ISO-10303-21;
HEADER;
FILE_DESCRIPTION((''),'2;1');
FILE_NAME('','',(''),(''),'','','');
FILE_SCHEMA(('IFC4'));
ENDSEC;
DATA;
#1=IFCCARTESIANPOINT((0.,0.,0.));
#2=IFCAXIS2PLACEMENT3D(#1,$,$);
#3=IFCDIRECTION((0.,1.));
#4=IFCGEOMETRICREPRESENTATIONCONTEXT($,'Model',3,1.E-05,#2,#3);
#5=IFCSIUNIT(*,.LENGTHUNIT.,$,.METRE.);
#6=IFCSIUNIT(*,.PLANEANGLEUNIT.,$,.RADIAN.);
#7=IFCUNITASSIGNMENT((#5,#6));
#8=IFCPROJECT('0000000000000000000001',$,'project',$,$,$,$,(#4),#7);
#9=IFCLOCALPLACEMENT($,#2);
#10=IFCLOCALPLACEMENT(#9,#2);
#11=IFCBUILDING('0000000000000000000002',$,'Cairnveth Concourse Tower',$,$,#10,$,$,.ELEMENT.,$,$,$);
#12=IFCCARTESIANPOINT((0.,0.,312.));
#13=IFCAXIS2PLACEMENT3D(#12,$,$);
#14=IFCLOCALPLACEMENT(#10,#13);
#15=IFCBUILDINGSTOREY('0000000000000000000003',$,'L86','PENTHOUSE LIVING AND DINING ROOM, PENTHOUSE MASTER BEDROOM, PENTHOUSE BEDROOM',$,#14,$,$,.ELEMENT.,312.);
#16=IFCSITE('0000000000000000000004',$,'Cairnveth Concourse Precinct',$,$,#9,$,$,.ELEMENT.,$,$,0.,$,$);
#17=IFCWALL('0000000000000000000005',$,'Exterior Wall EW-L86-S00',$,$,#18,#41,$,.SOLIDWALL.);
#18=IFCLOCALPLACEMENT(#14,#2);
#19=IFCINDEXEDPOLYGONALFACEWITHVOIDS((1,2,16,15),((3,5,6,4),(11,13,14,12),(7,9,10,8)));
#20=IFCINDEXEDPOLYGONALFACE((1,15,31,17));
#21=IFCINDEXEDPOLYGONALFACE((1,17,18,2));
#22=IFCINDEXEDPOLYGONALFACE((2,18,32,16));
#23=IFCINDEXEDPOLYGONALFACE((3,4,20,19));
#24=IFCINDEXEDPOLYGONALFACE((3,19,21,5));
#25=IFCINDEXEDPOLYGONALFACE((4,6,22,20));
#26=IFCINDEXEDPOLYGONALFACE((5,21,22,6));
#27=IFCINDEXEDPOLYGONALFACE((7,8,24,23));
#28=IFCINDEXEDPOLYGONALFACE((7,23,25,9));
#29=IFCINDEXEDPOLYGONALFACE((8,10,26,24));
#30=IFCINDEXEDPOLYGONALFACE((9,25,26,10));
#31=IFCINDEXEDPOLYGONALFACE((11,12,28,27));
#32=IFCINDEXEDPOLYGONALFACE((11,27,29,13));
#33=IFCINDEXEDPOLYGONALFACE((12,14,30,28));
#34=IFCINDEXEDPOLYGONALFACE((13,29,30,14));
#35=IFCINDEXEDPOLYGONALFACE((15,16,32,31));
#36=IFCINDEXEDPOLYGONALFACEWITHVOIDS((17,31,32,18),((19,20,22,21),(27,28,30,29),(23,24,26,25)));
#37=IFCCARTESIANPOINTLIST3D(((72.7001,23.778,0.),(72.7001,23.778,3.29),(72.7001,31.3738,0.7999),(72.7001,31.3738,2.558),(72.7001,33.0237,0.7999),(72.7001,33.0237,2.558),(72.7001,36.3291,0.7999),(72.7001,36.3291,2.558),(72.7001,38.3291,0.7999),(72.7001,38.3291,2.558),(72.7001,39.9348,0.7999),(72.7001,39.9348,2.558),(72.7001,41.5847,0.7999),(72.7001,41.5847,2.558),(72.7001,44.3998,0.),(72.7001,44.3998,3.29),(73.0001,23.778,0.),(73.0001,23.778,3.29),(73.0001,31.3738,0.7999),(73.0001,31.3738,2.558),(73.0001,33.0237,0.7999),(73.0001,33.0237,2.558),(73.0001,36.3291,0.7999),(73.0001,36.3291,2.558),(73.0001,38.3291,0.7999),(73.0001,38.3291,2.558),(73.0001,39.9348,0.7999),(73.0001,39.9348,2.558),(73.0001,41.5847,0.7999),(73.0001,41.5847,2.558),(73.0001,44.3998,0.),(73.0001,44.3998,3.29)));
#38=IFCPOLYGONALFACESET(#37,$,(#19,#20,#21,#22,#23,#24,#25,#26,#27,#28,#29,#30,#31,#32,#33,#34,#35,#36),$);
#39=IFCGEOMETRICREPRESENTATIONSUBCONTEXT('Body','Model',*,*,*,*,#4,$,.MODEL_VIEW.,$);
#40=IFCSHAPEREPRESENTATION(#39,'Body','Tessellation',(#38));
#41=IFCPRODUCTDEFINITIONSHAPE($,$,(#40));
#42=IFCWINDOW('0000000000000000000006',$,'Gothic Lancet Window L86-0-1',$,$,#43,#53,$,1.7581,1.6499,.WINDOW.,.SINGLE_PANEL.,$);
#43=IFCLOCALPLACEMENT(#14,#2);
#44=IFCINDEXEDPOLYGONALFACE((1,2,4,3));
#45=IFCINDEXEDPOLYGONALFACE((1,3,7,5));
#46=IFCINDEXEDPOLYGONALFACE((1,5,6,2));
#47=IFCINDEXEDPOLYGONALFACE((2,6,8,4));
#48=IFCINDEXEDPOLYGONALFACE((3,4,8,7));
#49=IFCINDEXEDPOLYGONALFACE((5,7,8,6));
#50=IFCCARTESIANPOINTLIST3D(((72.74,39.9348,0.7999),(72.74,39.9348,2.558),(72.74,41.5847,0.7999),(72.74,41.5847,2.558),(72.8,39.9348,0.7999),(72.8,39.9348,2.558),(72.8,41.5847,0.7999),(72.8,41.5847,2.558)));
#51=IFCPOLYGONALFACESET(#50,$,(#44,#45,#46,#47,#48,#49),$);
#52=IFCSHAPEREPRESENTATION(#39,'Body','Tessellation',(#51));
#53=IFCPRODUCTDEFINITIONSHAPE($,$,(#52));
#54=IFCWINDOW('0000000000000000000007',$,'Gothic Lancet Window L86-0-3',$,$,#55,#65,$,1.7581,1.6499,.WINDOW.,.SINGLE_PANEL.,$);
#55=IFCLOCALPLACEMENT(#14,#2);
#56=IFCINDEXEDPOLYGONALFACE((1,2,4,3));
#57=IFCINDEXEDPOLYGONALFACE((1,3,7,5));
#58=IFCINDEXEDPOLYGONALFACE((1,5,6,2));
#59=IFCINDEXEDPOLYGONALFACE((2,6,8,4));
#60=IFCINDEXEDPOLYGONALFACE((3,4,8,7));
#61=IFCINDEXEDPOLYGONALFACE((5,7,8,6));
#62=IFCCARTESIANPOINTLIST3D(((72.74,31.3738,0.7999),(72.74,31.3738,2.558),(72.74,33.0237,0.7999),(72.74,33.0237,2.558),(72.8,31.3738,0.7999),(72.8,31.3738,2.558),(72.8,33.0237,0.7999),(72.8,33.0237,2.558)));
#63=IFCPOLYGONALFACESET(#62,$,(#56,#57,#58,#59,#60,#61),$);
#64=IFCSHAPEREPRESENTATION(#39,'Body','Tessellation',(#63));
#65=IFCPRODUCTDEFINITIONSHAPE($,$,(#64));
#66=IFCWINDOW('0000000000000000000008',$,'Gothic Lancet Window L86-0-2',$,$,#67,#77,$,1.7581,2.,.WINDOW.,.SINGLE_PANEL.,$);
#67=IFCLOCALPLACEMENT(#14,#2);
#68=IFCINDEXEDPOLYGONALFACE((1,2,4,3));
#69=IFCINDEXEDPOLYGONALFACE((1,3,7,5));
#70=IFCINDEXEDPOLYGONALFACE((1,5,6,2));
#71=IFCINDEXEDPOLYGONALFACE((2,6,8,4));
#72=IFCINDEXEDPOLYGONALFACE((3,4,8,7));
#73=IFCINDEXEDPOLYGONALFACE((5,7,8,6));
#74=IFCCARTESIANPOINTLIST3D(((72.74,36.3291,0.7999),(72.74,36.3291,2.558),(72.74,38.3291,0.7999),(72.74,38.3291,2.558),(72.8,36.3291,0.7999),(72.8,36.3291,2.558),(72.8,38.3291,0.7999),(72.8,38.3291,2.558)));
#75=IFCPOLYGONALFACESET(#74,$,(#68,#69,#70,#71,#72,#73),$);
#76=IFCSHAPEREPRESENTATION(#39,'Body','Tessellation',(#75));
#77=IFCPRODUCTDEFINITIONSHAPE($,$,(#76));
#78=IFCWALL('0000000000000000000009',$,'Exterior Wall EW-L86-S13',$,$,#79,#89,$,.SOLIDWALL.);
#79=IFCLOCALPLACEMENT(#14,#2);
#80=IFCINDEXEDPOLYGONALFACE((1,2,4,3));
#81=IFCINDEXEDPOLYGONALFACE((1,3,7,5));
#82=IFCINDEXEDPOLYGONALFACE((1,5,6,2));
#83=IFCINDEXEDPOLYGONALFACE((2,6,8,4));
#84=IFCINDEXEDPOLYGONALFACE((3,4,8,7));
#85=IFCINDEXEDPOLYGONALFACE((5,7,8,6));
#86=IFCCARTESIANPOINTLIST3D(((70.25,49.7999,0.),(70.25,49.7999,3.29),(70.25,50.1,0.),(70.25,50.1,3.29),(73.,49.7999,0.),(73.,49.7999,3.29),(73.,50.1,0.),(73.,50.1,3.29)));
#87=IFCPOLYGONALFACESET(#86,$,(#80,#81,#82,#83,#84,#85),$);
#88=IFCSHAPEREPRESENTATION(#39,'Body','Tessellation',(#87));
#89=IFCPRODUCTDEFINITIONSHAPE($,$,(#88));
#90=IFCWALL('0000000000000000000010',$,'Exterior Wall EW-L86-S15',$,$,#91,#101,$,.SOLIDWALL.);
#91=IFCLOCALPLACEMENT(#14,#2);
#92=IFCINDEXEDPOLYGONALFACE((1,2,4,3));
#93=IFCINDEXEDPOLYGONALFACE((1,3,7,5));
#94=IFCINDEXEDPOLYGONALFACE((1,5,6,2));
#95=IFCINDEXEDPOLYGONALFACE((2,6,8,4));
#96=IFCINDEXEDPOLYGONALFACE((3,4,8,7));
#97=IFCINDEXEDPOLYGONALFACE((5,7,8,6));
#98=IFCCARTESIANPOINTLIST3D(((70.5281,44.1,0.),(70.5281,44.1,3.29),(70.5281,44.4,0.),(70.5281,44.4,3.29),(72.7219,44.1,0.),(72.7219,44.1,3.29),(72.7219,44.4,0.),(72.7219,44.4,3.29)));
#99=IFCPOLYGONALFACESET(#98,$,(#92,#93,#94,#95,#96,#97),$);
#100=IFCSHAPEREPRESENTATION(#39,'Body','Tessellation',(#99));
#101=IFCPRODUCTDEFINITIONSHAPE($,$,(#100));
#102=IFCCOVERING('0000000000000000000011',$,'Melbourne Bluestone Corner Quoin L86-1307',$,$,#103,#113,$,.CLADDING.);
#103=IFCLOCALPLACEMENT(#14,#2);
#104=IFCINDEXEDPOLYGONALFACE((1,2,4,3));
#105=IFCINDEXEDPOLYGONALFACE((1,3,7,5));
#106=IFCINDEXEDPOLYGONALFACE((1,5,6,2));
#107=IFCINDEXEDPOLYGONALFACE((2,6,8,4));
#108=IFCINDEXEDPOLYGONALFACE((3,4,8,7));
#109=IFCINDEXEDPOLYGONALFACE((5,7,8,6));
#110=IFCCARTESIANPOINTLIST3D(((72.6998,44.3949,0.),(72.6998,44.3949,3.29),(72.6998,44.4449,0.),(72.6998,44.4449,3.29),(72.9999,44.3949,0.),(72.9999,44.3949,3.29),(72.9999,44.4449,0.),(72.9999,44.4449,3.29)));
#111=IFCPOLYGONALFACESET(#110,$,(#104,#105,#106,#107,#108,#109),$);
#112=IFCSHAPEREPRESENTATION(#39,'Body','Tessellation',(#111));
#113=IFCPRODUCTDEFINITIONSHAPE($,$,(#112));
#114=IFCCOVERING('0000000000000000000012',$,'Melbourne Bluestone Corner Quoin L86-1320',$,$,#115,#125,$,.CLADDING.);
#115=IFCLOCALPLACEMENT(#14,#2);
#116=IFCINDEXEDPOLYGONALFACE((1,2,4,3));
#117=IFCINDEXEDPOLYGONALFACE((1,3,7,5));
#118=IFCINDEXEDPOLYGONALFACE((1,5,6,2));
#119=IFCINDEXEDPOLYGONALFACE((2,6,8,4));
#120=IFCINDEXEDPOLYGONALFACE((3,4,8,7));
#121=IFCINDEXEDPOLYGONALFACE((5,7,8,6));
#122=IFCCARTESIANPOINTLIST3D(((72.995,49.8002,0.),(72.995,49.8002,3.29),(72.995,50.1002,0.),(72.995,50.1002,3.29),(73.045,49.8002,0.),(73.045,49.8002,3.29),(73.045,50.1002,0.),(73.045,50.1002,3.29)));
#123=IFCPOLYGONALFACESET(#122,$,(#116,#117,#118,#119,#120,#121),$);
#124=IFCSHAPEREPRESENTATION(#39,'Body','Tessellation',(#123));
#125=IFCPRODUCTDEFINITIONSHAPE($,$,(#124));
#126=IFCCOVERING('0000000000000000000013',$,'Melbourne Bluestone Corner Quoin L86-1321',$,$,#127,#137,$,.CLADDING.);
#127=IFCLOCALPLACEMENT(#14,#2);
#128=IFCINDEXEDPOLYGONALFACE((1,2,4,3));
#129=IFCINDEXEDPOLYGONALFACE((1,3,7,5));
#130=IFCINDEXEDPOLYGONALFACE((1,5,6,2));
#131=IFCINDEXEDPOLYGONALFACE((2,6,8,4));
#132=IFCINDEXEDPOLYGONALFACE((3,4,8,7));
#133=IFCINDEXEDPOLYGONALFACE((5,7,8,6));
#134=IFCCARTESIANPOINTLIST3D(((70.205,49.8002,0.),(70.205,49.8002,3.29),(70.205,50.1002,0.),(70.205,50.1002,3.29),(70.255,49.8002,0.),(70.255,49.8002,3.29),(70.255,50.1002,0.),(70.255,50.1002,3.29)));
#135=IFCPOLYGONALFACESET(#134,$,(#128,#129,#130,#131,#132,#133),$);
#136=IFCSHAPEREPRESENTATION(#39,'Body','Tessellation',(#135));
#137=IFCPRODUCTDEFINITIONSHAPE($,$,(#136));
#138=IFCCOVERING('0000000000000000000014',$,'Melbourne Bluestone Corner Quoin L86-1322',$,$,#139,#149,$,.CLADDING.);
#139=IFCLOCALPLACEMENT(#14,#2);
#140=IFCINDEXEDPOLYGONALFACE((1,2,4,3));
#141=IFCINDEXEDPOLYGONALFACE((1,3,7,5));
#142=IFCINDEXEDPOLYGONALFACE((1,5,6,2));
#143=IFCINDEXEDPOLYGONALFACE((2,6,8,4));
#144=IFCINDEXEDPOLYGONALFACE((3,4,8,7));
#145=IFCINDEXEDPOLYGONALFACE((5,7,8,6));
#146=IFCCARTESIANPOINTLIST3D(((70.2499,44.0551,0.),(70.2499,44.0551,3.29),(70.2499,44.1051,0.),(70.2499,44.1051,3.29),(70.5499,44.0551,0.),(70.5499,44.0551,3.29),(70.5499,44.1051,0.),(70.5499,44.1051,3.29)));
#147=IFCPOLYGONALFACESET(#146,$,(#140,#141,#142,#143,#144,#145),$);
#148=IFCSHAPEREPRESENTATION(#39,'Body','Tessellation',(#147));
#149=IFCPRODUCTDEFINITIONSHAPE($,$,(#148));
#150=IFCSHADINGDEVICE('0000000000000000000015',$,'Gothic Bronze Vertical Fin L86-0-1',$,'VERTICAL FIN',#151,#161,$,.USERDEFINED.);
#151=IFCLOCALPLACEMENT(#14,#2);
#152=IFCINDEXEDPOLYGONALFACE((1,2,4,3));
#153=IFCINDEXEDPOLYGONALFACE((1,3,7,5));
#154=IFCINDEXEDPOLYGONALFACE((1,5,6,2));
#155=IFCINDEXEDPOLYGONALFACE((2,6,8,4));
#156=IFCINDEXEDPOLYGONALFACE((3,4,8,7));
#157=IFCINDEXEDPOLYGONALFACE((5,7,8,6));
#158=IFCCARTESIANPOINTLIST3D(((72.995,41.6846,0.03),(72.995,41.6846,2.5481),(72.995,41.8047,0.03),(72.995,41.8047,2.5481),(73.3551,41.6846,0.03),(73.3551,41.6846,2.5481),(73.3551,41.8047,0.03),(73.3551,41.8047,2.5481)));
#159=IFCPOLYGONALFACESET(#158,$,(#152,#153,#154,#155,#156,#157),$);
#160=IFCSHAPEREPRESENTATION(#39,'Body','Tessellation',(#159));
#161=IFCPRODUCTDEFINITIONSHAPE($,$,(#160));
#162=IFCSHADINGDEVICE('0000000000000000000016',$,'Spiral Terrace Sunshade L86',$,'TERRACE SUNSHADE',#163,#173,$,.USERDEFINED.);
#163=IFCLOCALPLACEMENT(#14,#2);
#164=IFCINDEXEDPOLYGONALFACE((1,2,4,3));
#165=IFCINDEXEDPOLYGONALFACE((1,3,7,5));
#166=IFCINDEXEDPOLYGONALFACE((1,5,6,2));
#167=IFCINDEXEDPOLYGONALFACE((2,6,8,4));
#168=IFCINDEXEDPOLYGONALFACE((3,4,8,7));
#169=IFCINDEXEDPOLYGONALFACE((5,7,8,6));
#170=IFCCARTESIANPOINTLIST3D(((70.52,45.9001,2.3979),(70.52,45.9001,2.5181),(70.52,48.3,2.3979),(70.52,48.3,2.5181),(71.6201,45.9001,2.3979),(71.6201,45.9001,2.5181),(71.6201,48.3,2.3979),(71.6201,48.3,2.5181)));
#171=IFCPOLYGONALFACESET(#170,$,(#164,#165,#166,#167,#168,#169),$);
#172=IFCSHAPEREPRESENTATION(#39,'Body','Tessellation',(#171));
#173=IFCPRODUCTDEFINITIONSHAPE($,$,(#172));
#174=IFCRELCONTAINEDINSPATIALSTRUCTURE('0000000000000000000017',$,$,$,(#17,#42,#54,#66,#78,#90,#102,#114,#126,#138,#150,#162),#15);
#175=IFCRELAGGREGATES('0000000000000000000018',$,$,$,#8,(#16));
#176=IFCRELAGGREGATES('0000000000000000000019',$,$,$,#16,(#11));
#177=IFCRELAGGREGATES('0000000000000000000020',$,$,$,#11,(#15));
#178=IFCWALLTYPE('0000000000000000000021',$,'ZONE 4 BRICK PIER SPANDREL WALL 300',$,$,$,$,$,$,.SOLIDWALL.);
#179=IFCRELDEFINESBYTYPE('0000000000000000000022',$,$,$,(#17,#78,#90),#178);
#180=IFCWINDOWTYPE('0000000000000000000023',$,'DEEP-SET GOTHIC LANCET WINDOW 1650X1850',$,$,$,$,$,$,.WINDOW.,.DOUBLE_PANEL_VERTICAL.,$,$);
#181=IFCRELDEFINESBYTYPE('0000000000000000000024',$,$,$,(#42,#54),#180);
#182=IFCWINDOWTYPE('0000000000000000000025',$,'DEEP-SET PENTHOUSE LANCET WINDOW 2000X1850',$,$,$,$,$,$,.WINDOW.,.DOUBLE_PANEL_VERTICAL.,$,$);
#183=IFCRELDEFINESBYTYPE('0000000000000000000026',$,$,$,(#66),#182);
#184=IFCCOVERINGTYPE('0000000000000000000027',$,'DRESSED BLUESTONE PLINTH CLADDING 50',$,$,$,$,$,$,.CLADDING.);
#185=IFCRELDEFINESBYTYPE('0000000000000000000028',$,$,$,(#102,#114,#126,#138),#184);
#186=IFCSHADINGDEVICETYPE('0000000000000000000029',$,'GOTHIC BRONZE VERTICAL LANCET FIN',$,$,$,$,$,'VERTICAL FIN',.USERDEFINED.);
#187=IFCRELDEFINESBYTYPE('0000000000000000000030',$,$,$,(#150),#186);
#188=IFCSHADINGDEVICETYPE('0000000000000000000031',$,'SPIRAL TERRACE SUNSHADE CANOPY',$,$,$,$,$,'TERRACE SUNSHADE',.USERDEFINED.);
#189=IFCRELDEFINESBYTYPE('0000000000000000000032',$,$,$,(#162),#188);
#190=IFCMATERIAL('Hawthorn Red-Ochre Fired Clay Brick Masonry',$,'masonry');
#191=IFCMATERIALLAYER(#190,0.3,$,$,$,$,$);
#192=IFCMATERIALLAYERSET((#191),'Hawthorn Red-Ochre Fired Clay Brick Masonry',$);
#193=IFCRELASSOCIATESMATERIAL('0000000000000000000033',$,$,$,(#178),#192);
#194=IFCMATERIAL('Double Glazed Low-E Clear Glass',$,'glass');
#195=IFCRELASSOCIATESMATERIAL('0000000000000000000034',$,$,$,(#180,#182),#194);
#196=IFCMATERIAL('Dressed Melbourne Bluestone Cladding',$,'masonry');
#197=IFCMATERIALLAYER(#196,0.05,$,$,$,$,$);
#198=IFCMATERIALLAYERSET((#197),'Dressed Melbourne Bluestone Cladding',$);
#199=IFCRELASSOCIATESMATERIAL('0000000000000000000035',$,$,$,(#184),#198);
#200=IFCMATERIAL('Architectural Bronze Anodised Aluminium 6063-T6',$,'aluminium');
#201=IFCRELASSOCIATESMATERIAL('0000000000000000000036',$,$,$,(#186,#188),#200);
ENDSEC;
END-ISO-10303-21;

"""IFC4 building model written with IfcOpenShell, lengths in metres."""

from ifc_helpers import new_model, si_unit, direction, frame, frame_2d, origin, origin_2d, place, context, subcontext, project, spatial, rectangle, extrude, material, layer, layer_set, type_object, element, fill, save


model = new_model("IFC4")

# Units and contexts
model_context = context("Model", 3, precision=1e-05, world=origin(), true_north=direction((0.0, 1.0)))
body_context = subcontext(model_context, "Body", "Model", "MODEL_VIEW")
ifc_project = project(units=[si_unit("LENGTHUNIT", "METRE"), si_unit("PLANEANGLEUNIT", "RADIAN")], contexts=[model_context])

# Site, building, storey
site_placement = place(None, origin())
site = spatial("IfcSite", under=ifc_project, at=site_placement, Name="Cairnveth Concourse Precinct", CompositionType="ELEMENT", RefElevation=0.0)
building_placement = place(site_placement, origin())
building = spatial("IfcBuilding", under=site, at=building_placement, Name="Cairnveth Concourse Tower", CompositionType="ELEMENT")
storey_placement = place(building_placement, frame((0.0, 0.0, 312.0)))
storey = spatial("IfcBuildingStorey", under=building, at=storey_placement, Name="L86", Description="PENTHOUSE LIVING AND DINING ROOM, PENTHOUSE MASTER BEDROOM, PENTHOUSE BEDROOM", CompositionType="ELEMENT", Elevation=312.0)

# Shared definitions
ifc_material_1 = material(Name="Dressed Melbourne Bluestone Cladding", Category="masonry")

# Wall, openings, windows
ifc_material_2 = material(Name="Hawthorn Red-Ochre Fired Clay Brick Masonry", Category="masonry")
ifc_layer_1 = layer(ifc_material_2, 0.3)
ifc_layer_set_1 = layer_set([ifc_layer_1], Name="Hawthorn Red-Ochre Fired Clay Brick Masonry")
wall_type_1 = type_object("IfcWallType", Name="ZONE 4 BRICK PIER SPANDREL WALL 300", PredefinedType="SOLIDWALL", material=ifc_layer_set_1)
wall_1_placement = place(storey_placement, frame((72.8501, 44.3999, 0.0), z_axis=(0.0, 0.0, 1.0), x_axis=(0.0, -1.0, 0.0)))
wall_1 = element("IfcWall", 1, at=wall_1_placement, inside=storey, type_object=wall_type_1, Name="Exterior Wall EW-L86-S00", PredefinedType="SOLIDWALL", context=body_context, shape_type="SweptSolid", body=[
    extrude(rectangle(XDim=20.6218, YDim=0.3, at=frame_2d((10.311, 0.0))), origin(), (0.0, 0.0, 1.0), 3.29),
])
opening_1_placement = place(wall_1_placement, frame((2.8152, 0.0, 0.8)))
opening_1 = element("IfcOpeningElement", 2, at=opening_1_placement, cuts=wall_1, PredefinedType="OPENING", context=body_context, shape_type="SweptSolid", body=[
    extrude(rectangle(XDim=1.6499, YDim=1.7581, at=frame_2d((0.825, 0.8789))), frame((0.0, 0.1599, 0.0), z_axis=(0.0, -1.0, 0.0), x_axis=(1.0, 0.0, 0.0)), (0.0, 0.0, 1.0), 0.3201),
])
opening_2_placement = place(wall_1_placement, frame((6.0708, 0.0, 0.8)))
opening_2 = element("IfcOpeningElement", 3, at=opening_2_placement, cuts=wall_1, PredefinedType="OPENING", context=body_context, shape_type="SweptSolid", body=[
    extrude(rectangle(XDim=2.0, YDim=1.7581, at=frame_2d((1.0, 0.8789))), frame((0.0, 0.1599, 0.0), z_axis=(0.0, -1.0, 0.0), x_axis=(1.0, 0.0, 0.0)), (0.0, 0.0, 1.0), 0.3201),
])
opening_3_placement = place(wall_1_placement, frame((11.3762, 0.0, 0.8)))
opening_3 = element("IfcOpeningElement", 4, at=opening_3_placement, cuts=wall_1, PredefinedType="OPENING", context=body_context, shape_type="SweptSolid", body=[
    extrude(rectangle(XDim=1.6499, YDim=1.7581, at=frame_2d((0.825, 0.8789))), frame((0.0, 0.1599, 0.0), z_axis=(0.0, -1.0, 0.0), x_axis=(1.0, 0.0, 0.0)), (0.0, 0.0, 1.0), 0.3201),
])
ifc_material_3 = material(Name="Double Glazed Low-E Clear Glass", Category="glass")
window_type_1 = type_object("IfcWindowType", Name="DEEP-SET GOTHIC LANCET WINDOW 1650X1850", PartitioningType="DOUBLE_PANEL_VERTICAL", PredefinedType="WINDOW", material=ifc_material_3)
window_1_placement = place(opening_1_placement, origin())
window_1 = element("IfcWindow", 5, at=window_1_placement, inside=storey, type_object=window_type_1, Name="Gothic Lancet Window L86-0-1", OverallHeight=1.7581, OverallWidth=1.6499, PartitioningType="SINGLE_PANEL", PredefinedType="WINDOW", context=body_context, shape_type="SweptSolid", body=[
    extrude(rectangle(XDim=1.6499, YDim=1.7581, at=frame_2d((0.825, 0.8789))), frame((0.0, -0.05, 0.0), z_axis=(0.0, -1.0, 0.0), x_axis=(1.0, 0.0, 0.0)), (0.0, 0.0, 1.0), 0.0601),
])
fill(opening_1, window_1)
window_2_placement = place(opening_3_placement, origin())
window_2 = element("IfcWindow", 6, at=window_2_placement, inside=storey, type_object=window_type_1, Name="Gothic Lancet Window L86-0-3", OverallHeight=1.7581, OverallWidth=1.6499, PartitioningType="SINGLE_PANEL", PredefinedType="WINDOW", context=body_context, shape_type="SweptSolid", body=[
    extrude(rectangle(XDim=1.6499, YDim=1.7581, at=frame_2d((0.825, 0.8789))), frame((0.0, -0.05, 0.0), z_axis=(0.0, -1.0, 0.0), x_axis=(1.0, 0.0, 0.0)), (0.0, 0.0, 1.0), 0.0601),
])
fill(opening_3, window_2)
window_type_2 = type_object("IfcWindowType", Name="DEEP-SET PENTHOUSE LANCET WINDOW 2000X1850", PartitioningType="DOUBLE_PANEL_VERTICAL", PredefinedType="WINDOW", material=ifc_material_3)
window_3_placement = place(opening_2_placement, origin())
window_3 = element("IfcWindow", 7, at=window_3_placement, inside=storey, type_object=window_type_2, Name="Gothic Lancet Window L86-0-2", OverallHeight=1.7581, OverallWidth=2.0, PartitioningType="SINGLE_PANEL", PredefinedType="WINDOW", context=body_context, shape_type="SweptSolid", body=[
    extrude(rectangle(XDim=2.0, YDim=1.7581, at=frame_2d((1.0, 0.8789))), frame((0.0, -0.05, 0.0), z_axis=(0.0, -1.0, 0.0), x_axis=(1.0, 0.0, 0.0)), (0.0, 0.0, 1.0), 0.0601),
])
fill(opening_2, window_3)

# Wall
wall_2_placement = place(storey_placement, frame((73.0, 49.95, 0.0), z_axis=(0.0, 0.0, 1.0), x_axis=(-1.0, 0.0, 0.0)))
element("IfcWall", 8, at=wall_2_placement, inside=storey, type_object=wall_type_1, Name="Exterior Wall EW-L86-S13", PredefinedType="SOLIDWALL", context=body_context, shape_type="SweptSolid", body=[
    extrude(rectangle(XDim=2.75, YDim=0.3, at=frame_2d((1.375, 0.0))), origin(), (0.0, 0.0, 1.0), 3.29),
])

# Shared definitions
ifc_material_4 = material(Name="Architectural Bronze Anodised Aluminium 6063-T6", Category="aluminium")

# Wall
wall_3_placement = place(storey_placement, frame((70.5281, 44.25, 0.0), z_axis=(0.0, 0.0, 1.0), x_axis=(1.0, 0.0, 0.0)))
element("IfcWall", 9, at=wall_3_placement, inside=storey, type_object=wall_type_1, Name="Exterior Wall EW-L86-S15", PredefinedType="SOLIDWALL", context=body_context, shape_type="SweptSolid", body=[
    extrude(rectangle(XDim=2.1938, YDim=0.3, at=frame_2d((1.0969, 0.0))), origin(), (0.0, 0.0, 1.0), 3.29),
])

# Coverings
ifc_layer_2 = layer(ifc_material_1, 0.05)
ifc_layer_set_2 = layer_set([ifc_layer_2], Name="Dressed Melbourne Bluestone Cladding")
covering_type = type_object("IfcCoveringType", Name="DRESSED BLUESTONE PLINTH CLADDING 50", PredefinedType="CLADDING", material=ifc_layer_set_2)
for number, where, z_axis, x_axis, name in (
    (10, (72.7, 44.4199, 0.0), (0.0, 0.0, 1.0), (1.0, 0.0, 0.0), "Melbourne Bluestone Corner Quoin L86-1307"),
    (11, (73.02, 50.1001, 0.0), (0.0, 0.0, 1.0), (0.0, -1.0, 0.0), "Melbourne Bluestone Corner Quoin L86-1320"),
    (12, (70.23, 50.1001, 0.0), (0.0, 0.0, 1.0), (0.0, -1.0, 0.0), "Melbourne Bluestone Corner Quoin L86-1321"),
    (13, (70.25, 44.0801, 0.0), (0.0, 0.0, 1.0), (1.0, 0.0, 0.0), "Melbourne Bluestone Corner Quoin L86-1322"),
):
    element("IfcCovering", number, at=place(storey_placement, frame(where, z_axis=z_axis, x_axis=x_axis)), inside=storey, type_object=covering_type, Name=name, PredefinedType="CLADDING", context=body_context, shape_type="SweptSolid", body=[
        extrude(rectangle(XDim=0.3, YDim=0.05, at=frame_2d((0.1499, 0.0))), origin(), (0.0, 0.0, 1.0), 3.29),
    ])

# Shading devices
shading_device_type_1 = type_object("IfcShadingDeviceType", Name="GOTHIC BRONZE VERTICAL LANCET FIN", ElementType="VERTICAL FIN", PredefinedType="USERDEFINED", material=ifc_material_4)
shading_device_1_placement = place(storey_placement, frame((73.175, 41.7446, 0.03), z_axis=(0.0, 0.0, 1.0), x_axis=(0.0, 1.0, 0.0)))
element("IfcShadingDevice", 14, at=shading_device_1_placement, inside=storey, type_object=shading_device_type_1, Name="Gothic Bronze Vertical Fin L86-0-1", ObjectType="VERTICAL FIN", PredefinedType="USERDEFINED", context=body_context, shape_type="SweptSolid", body=[
    extrude(rectangle(XDim=0.1201, YDim=0.3601, at=origin_2d()), origin(), (0.0, 0.0, 1.0), 2.5181),
])
shading_device_type_2 = type_object("IfcShadingDeviceType", Name="SPIRAL TERRACE SUNSHADE CANOPY", ElementType="TERRACE SUNSHADE", PredefinedType="USERDEFINED", material=ifc_material_4)
shading_device_2_placement = place(storey_placement, frame((71.0701, 47.1001, 2.3979), z_axis=(0.0, 0.0, 1.0), x_axis=(1.0, 0.0, 0.0)))
element("IfcShadingDevice", 15, at=shading_device_2_placement, inside=storey, type_object=shading_device_type_2, Name="Spiral Terrace Sunshade L86", ObjectType="TERRACE SUNSHADE", PredefinedType="USERDEFINED", context=body_context, shape_type="SweptSolid", body=[
    extrude(rectangle(XDim=1.1001, YDim=2.3999, at=origin_2d()), origin(), (0.0, 0.0, 1.0), 0.1201),
])

save(model, "model.ifc")
